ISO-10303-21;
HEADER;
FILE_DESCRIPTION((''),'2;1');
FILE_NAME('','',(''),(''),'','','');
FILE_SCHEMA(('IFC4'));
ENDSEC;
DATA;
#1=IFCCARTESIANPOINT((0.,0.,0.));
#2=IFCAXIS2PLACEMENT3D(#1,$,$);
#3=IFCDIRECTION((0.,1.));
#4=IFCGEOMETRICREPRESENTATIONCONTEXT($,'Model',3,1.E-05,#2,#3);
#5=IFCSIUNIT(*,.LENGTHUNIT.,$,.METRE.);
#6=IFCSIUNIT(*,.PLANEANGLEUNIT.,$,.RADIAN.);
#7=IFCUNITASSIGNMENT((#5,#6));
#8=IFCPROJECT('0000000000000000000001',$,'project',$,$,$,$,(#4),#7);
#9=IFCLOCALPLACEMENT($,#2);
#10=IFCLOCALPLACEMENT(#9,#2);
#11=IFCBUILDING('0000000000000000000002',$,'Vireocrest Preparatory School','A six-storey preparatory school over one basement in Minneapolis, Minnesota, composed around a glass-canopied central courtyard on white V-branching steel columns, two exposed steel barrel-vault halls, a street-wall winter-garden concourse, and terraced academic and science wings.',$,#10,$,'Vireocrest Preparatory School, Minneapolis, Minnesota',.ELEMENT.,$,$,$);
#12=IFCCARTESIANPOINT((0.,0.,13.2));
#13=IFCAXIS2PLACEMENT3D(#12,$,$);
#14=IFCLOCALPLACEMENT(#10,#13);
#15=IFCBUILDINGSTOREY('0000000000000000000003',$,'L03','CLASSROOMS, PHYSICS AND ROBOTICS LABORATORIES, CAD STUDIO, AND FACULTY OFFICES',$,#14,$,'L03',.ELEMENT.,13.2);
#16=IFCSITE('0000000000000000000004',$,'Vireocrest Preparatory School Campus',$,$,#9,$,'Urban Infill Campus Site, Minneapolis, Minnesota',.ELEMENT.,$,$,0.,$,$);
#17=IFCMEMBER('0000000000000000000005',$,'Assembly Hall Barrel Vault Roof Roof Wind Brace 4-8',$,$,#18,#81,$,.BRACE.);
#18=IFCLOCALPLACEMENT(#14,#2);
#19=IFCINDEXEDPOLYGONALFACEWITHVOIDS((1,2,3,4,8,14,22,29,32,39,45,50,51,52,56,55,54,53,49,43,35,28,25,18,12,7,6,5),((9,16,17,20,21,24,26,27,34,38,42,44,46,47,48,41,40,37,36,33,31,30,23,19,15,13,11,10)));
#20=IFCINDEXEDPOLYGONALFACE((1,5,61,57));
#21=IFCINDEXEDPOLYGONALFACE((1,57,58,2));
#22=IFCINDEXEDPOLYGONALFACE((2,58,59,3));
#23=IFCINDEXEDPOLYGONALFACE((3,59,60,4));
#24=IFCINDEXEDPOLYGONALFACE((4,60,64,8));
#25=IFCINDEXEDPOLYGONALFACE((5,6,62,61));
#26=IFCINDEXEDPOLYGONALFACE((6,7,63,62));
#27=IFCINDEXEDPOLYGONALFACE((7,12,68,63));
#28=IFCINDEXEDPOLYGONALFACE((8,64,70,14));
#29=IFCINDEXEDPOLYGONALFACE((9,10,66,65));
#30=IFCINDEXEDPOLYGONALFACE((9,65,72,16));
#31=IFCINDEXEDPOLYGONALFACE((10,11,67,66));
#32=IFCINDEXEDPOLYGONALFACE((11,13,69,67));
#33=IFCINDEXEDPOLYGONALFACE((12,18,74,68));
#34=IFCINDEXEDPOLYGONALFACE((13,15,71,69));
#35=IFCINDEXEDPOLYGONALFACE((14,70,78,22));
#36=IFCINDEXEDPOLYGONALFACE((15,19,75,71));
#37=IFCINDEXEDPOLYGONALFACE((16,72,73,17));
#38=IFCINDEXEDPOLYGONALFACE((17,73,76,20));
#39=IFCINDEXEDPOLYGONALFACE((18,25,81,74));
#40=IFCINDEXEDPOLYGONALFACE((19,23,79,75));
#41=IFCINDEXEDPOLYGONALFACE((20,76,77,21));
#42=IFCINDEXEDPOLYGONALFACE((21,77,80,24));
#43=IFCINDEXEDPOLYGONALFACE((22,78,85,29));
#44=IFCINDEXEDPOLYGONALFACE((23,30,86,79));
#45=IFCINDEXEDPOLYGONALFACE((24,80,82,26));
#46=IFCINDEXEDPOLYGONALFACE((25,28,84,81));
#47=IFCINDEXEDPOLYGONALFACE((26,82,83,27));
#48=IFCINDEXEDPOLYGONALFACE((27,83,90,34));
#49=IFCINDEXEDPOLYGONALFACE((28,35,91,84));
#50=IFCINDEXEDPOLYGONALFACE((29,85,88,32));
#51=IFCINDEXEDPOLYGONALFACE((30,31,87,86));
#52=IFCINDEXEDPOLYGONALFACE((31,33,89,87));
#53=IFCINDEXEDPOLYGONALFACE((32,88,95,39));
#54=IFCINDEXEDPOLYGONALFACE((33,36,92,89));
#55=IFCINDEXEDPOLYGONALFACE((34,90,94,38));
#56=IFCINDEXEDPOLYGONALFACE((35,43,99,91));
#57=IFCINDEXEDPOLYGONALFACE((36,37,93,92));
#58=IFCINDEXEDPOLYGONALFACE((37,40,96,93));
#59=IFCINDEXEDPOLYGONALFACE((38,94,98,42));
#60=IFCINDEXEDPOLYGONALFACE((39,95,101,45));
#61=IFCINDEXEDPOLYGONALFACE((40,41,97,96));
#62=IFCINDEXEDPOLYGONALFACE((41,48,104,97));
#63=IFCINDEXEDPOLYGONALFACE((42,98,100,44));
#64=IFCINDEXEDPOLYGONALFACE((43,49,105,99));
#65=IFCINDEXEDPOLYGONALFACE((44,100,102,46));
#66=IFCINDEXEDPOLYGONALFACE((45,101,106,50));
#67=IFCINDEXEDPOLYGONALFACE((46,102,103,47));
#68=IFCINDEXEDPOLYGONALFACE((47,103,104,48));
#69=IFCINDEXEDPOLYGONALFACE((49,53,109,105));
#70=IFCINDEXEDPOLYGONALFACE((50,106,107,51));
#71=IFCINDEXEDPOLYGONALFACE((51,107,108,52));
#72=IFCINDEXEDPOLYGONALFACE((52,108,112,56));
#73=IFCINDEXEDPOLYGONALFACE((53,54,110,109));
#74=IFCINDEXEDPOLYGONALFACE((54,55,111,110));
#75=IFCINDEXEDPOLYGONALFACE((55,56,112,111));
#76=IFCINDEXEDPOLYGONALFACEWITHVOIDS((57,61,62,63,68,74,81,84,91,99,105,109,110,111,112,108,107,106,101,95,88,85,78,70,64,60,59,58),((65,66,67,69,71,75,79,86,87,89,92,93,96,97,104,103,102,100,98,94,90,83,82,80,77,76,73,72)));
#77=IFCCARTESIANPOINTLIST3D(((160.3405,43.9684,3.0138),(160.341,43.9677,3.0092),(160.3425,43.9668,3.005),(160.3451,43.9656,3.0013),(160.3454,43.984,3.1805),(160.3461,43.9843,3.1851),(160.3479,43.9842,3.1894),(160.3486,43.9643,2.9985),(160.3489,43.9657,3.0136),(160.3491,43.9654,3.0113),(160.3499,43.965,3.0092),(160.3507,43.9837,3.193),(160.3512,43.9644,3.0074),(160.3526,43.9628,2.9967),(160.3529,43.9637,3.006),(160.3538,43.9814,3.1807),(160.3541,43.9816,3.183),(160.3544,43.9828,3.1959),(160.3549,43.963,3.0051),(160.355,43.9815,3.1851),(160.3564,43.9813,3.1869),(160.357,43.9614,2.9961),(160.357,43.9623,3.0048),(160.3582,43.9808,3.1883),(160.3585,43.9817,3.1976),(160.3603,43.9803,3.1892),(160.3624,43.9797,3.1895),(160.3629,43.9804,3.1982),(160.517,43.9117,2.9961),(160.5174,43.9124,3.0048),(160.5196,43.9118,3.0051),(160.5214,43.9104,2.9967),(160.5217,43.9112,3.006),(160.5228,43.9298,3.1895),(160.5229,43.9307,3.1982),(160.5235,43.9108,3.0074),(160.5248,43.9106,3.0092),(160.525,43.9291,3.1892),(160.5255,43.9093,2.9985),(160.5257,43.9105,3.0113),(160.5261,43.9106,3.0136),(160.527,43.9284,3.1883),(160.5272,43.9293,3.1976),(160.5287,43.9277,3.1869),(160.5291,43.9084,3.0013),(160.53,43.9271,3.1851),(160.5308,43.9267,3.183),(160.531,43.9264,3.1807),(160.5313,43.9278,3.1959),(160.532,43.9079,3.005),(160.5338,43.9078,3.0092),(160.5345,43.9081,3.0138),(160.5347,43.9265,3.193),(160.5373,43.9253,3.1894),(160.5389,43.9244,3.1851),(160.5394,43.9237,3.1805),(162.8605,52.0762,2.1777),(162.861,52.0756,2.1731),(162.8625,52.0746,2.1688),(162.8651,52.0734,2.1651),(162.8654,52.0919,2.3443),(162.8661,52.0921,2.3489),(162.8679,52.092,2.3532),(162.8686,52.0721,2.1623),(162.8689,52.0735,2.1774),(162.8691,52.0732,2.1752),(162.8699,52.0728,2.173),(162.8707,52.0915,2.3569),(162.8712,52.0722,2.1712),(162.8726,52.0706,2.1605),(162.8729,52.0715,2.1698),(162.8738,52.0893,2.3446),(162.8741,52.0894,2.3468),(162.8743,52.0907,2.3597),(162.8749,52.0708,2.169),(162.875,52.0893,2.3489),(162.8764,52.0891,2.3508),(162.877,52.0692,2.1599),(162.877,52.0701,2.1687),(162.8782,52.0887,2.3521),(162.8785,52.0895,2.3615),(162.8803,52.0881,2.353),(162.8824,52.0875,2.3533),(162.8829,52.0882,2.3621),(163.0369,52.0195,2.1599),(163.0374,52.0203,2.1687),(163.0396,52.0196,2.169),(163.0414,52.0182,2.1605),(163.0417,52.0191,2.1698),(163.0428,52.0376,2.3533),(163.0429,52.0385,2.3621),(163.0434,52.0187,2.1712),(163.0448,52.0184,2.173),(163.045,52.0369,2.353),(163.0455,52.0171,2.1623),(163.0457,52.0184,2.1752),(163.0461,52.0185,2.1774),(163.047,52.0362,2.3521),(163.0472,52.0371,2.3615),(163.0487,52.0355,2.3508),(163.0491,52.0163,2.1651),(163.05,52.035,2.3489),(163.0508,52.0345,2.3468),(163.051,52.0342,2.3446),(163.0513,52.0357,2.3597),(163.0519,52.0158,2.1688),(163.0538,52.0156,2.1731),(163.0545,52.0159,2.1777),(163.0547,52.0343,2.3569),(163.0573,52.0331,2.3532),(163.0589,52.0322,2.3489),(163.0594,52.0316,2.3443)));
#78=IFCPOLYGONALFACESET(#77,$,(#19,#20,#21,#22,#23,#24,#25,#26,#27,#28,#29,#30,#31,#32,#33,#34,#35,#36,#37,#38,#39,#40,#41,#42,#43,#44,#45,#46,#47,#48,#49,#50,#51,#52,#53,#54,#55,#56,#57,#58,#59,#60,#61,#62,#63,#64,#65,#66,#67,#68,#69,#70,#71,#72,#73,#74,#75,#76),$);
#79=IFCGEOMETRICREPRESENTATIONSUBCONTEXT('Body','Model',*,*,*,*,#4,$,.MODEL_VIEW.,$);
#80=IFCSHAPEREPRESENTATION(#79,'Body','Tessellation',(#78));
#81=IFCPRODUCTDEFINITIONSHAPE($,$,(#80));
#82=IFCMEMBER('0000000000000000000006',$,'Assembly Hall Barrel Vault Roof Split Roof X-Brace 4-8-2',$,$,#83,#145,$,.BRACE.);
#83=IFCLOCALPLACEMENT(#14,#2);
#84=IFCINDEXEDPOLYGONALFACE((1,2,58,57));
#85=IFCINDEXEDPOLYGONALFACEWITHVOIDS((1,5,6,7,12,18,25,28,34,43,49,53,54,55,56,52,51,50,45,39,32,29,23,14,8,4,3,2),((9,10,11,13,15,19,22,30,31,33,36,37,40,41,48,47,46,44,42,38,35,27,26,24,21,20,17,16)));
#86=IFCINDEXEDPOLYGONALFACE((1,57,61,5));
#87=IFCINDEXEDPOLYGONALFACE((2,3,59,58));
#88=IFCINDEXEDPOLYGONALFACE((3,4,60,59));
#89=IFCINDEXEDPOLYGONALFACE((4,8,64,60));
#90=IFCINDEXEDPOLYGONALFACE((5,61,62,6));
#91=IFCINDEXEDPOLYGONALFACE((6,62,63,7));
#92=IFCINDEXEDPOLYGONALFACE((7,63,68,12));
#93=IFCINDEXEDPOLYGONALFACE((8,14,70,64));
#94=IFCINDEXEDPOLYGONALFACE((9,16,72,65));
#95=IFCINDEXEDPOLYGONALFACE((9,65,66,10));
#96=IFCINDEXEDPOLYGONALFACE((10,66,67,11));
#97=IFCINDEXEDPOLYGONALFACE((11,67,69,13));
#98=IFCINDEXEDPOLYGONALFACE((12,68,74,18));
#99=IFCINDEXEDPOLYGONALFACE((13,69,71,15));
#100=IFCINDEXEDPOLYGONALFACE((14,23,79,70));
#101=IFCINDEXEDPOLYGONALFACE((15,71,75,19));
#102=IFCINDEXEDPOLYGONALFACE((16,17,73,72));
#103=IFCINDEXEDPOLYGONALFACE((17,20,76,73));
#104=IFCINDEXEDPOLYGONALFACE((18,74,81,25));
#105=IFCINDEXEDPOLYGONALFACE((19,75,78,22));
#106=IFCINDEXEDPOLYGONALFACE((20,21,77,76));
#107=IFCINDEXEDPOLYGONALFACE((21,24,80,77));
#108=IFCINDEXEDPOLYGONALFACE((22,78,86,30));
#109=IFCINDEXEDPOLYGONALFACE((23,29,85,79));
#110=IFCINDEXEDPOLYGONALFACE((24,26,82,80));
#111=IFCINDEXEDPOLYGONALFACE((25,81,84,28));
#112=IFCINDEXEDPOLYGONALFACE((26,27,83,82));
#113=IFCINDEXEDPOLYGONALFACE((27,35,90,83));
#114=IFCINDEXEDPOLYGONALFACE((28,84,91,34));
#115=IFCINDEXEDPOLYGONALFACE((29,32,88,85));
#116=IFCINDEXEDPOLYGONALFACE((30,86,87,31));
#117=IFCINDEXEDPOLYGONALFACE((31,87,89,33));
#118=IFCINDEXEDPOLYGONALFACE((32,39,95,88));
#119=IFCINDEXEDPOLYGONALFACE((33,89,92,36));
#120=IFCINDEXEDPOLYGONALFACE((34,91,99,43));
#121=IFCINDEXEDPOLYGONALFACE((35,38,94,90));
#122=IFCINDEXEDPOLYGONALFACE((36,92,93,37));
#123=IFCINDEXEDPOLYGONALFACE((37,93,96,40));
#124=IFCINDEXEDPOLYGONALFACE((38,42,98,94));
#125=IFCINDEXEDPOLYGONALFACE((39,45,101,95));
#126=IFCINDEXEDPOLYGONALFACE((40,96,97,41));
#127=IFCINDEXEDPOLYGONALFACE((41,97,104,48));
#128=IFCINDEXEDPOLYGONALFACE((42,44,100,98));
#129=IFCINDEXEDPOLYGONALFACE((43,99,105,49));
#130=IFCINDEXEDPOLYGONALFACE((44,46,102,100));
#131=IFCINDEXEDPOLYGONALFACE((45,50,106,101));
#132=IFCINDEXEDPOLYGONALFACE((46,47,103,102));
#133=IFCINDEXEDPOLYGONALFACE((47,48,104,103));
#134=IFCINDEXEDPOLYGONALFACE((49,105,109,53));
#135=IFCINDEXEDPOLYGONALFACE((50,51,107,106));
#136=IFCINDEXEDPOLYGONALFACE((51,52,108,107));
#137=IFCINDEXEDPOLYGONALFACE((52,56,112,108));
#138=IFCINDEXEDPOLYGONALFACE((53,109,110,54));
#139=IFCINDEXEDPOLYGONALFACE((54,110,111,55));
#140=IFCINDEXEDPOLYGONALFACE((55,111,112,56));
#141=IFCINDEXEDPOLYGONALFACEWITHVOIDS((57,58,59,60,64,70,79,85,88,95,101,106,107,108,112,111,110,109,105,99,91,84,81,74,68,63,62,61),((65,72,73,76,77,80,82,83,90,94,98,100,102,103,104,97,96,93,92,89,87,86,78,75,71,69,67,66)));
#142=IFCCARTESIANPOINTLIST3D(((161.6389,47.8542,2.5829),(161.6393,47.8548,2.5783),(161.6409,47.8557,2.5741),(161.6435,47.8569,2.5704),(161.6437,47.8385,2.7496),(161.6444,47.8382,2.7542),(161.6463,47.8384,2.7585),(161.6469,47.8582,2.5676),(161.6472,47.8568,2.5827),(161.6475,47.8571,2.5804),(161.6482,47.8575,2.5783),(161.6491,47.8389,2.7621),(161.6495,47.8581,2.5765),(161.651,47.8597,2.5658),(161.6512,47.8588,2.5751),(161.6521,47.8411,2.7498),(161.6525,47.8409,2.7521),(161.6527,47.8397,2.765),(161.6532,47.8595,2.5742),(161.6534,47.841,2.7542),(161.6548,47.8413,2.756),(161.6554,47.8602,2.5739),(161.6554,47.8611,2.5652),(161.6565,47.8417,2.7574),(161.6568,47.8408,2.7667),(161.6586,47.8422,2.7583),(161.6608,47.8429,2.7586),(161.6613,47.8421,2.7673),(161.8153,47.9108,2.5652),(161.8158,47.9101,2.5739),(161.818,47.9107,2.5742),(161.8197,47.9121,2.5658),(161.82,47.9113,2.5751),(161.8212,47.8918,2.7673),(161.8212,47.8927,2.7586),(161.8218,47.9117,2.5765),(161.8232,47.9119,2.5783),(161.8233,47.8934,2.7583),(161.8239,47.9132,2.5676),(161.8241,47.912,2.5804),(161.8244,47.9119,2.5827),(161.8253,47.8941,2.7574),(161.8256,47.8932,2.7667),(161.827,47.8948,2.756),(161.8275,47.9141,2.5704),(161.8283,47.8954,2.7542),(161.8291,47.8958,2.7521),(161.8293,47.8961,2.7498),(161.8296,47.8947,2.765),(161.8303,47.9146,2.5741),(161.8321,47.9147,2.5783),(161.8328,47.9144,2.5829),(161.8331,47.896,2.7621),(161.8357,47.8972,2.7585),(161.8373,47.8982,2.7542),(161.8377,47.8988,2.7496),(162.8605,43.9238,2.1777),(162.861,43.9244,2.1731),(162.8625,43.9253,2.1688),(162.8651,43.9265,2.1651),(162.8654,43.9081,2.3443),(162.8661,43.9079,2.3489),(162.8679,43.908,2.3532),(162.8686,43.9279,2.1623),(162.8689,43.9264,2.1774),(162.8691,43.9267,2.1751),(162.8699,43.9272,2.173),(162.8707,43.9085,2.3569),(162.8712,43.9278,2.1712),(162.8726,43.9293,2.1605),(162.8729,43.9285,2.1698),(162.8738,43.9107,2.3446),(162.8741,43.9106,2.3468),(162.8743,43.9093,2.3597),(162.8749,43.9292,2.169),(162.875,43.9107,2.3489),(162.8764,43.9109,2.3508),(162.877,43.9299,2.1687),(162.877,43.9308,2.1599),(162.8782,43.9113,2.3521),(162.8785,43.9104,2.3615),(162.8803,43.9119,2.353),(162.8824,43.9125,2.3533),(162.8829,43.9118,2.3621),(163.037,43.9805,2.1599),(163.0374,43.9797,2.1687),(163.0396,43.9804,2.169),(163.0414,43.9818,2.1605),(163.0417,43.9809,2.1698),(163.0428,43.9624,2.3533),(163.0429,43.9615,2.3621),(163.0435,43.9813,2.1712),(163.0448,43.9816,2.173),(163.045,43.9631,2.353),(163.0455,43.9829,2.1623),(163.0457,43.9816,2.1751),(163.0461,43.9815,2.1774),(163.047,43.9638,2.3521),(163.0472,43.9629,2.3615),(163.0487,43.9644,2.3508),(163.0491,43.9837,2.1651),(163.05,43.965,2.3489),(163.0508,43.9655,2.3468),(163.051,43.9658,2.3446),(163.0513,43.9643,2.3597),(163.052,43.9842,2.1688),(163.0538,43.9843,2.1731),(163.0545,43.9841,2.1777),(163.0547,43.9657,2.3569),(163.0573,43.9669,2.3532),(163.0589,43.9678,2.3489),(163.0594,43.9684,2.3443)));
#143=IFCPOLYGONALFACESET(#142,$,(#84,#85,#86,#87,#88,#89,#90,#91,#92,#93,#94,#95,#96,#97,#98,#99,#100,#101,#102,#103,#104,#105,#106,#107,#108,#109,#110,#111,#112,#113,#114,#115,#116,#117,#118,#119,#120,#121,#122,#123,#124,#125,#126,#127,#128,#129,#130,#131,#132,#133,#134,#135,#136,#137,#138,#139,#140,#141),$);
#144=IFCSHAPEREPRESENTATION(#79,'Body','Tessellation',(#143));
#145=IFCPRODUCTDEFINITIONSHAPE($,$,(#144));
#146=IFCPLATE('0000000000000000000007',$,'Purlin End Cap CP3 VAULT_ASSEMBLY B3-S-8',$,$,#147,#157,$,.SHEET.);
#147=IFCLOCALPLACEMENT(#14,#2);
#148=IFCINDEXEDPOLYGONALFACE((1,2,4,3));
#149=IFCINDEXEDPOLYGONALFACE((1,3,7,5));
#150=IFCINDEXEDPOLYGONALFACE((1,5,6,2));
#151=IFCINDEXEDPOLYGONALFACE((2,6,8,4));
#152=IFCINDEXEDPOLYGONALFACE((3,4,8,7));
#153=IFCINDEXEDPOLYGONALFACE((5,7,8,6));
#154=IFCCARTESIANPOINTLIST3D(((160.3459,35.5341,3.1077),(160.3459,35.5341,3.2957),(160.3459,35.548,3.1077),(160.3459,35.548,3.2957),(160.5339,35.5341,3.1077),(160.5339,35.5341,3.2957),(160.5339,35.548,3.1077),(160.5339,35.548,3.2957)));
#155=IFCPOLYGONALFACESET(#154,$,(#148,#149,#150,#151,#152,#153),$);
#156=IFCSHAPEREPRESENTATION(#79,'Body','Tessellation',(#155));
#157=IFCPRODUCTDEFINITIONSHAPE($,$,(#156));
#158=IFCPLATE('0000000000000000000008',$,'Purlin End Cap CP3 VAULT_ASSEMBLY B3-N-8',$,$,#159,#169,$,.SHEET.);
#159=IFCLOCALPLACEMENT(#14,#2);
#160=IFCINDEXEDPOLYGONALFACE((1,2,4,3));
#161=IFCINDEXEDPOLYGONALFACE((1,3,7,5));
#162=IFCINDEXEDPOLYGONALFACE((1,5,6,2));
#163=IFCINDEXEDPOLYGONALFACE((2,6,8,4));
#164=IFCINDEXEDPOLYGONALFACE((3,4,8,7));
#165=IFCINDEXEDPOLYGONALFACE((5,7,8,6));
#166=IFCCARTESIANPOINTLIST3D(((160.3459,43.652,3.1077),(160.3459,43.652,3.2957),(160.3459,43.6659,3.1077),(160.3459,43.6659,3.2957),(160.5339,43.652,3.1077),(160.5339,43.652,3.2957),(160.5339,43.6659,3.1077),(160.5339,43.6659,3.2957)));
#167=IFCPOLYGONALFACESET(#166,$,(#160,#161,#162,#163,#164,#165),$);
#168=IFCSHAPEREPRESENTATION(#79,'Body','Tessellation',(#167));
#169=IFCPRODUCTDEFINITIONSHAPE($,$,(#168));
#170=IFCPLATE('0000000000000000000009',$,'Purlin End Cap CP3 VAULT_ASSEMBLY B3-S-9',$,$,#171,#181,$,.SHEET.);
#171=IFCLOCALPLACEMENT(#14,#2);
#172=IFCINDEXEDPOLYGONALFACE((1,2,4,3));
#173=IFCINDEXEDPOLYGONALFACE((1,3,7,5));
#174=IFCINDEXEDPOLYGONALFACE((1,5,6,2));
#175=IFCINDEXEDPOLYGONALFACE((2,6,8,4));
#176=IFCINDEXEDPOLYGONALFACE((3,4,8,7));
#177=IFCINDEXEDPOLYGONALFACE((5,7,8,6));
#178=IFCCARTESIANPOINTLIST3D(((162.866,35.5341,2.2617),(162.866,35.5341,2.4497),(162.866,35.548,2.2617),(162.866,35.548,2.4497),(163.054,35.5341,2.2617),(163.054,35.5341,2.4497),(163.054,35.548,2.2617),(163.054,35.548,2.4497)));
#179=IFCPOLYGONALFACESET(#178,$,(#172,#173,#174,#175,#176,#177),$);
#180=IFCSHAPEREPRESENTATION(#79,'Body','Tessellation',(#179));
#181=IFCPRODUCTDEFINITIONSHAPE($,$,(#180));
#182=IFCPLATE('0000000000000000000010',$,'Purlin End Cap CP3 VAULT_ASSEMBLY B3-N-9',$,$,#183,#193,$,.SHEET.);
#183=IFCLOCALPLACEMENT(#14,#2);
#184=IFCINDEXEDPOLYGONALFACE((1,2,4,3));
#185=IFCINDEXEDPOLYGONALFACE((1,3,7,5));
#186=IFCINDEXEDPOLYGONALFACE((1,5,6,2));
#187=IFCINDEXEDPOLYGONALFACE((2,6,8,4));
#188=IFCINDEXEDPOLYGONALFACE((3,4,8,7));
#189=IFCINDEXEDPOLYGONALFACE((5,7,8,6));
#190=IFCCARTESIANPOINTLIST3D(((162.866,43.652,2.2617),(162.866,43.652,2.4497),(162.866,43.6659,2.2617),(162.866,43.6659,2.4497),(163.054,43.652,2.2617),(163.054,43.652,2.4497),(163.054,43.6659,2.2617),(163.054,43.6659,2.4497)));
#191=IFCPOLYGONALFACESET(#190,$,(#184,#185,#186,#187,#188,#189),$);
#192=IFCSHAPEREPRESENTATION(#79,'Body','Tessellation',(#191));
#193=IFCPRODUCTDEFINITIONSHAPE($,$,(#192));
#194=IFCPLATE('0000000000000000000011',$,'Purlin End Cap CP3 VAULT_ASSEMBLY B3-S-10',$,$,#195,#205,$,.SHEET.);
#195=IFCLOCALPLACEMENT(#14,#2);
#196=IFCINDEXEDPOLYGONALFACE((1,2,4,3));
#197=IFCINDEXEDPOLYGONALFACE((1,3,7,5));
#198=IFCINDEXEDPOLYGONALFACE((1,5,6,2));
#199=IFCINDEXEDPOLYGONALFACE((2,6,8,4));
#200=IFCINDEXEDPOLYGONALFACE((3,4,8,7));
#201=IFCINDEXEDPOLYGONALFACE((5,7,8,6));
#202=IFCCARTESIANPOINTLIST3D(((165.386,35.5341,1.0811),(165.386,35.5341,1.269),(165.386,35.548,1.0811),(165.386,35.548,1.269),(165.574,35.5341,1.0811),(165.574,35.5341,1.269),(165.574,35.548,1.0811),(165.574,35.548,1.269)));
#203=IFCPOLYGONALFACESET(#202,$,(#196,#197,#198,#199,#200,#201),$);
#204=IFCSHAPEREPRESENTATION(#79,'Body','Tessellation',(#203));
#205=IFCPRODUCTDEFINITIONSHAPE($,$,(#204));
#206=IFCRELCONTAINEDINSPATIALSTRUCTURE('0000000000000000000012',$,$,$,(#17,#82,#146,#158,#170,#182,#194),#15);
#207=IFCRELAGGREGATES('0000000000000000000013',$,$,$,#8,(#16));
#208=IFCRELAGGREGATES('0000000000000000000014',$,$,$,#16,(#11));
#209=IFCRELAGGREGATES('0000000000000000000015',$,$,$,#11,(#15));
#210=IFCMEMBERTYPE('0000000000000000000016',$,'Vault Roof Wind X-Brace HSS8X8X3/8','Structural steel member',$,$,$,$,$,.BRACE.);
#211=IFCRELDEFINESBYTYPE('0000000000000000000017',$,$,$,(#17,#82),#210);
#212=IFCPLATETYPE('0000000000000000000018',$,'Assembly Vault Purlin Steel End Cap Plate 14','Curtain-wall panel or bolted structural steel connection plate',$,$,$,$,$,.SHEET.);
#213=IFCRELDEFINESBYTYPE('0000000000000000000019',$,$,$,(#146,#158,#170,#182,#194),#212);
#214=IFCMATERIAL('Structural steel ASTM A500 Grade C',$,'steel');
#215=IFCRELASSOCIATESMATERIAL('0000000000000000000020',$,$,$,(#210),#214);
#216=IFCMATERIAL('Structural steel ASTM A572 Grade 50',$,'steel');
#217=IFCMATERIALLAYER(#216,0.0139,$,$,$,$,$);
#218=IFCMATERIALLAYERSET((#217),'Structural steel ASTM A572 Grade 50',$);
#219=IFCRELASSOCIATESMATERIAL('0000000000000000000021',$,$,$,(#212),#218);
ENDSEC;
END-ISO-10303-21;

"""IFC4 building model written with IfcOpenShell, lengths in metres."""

from ifc_helpers import new_model, si_unit, direction, frame, origin, origin_2d, place, context, subcontext, project, spatial, rectangle, hollow_rectangle, extrude, material, layer, layer_set, material_profile, profile_set, type_object, element, save


model = new_model("IFC4")

# Units and contexts
model_context = context("Model", 3, precision=1e-05, world=origin(), true_north=direction((0.0, 1.0)))
body_context = subcontext(model_context, "Body", "Model", "MODEL_VIEW")
ifc_project = project(units=[si_unit("LENGTHUNIT", "METRE"), si_unit("PLANEANGLEUNIT", "RADIAN")], contexts=[model_context])

# Site, building, storey
site_placement = place(None, origin())
site = spatial("IfcSite", under=ifc_project, at=site_placement, Name="Vireocrest Preparatory School Campus", LongName="Urban Infill Campus Site, Minneapolis, Minnesota", CompositionType="ELEMENT", RefElevation=0.0)
building_placement = place(site_placement, origin())
building = spatial("IfcBuilding", under=site, at=building_placement, Name="Vireocrest Preparatory School", Description="A six-storey preparatory school over one basement in Minneapolis, Minnesota, composed around a glass-canopied central courtyard on white V-branching steel columns, two exposed steel barrel-vault halls, a street-wall winter-garden concourse, and terraced academic and science wings.", LongName="Vireocrest Preparatory School, Minneapolis, Minnesota", CompositionType="ELEMENT")
storey_placement = place(building_placement, frame((0.0, 0.0, 13.2)))
storey = spatial("IfcBuildingStorey", under=building, at=storey_placement, Name="L03", Description="CLASSROOMS, PHYSICS AND ROBOTICS LABORATORIES, CAD STUDIO, AND FACULTY OFFICES", LongName="L03", CompositionType="ELEMENT", Elevation=13.2)

# Members
ifc_material_1 = material(Name="Structural steel ASTM A500 Grade C", Category="steel")
ifc_material_profile_1 = material_profile(ifc_material_1, hollow_rectangle(XDim=0.2031, YDim=0.2031, WallThickness=0.0088, InnerFilletRadius=0.0088, OuterFilletRadius=0.0178, at=origin_2d()), Name="HSS8X8X3/8")
ifc_profile_set_1 = profile_set([ifc_material_profile_1], Name="Structural steel ASTM A500 Grade C")
member_type_1 = type_object("IfcMemberType", Name="Vault Roof Wind X-Brace HSS8X8X3/8", Description="Structural steel member", PredefinedType="BRACE", material=ifc_profile_set_1)
member_1_placement = place(storey_placement, frame((160.4399, 43.946, 3.0972), z_axis=(0.295375, 0.950341, -0.09801), x_axis=(-0.954938, 0.296804, 0.0)))
element("IfcMember", 1, at=member_1_placement, inside=storey, type_object=member_type_1, Name="Assembly Hall Barrel Vault Roof Roof Wind Brace 4-8", PredefinedType="BRACE", context=body_context, shape_type="SweptSolid", body=[
    extrude(hollow_rectangle(XDim=0.2031, YDim=0.2031, WallThickness=0.0088, InnerFilletRadius=0.0088, OuterFilletRadius=0.0178, at=origin_2d()), origin(), (0.0, 0.0, 1.0), 8.5315),
])
member_2_placement = place(storey_placement, frame((161.7383, 47.8765, 2.6663), z_axis=(0.29539, -0.950338, -0.097991), x_axis=(0.954934, 0.296819, 0.0)))
element("IfcMember", 2, at=member_2_placement, inside=storey, type_object=member_type_1, Name="Assembly Hall Barrel Vault Roof Split Roof X-Brace 4-8-2", PredefinedType="BRACE", context=body_context, shape_type="SweptSolid", body=[
    extrude(hollow_rectangle(XDim=0.2031, YDim=0.2031, WallThickness=0.0088, InnerFilletRadius=0.0088, OuterFilletRadius=0.0178, at=origin_2d()), origin(), (0.0, 0.0, 1.0), 4.1357),
])

# Plates
ifc_material_2 = material(Name="Structural steel ASTM A572 Grade 50", Category="steel")
ifc_layer_1 = layer(ifc_material_2, 0.0139)
ifc_layer_set_1 = layer_set([ifc_layer_1], Name="Structural steel ASTM A572 Grade 50")
plate_type_1 = type_object("IfcPlateType", Name="Assembly Vault Purlin Steel End Cap Plate 14", Description="Curtain-wall panel or bolted structural steel connection plate", PredefinedType="SHEET", material=ifc_layer_set_1)
for number, where, z_axis, x_axis, name in (
    (3, (160.4399, 35.541, 3.1077), (0.0, 0.0, 1.0), (1.0, 0.0, 0.0), "Purlin End Cap CP3 VAULT_ASSEMBLY B3-S-8"),
    (4, (160.4399, 43.6589, 3.1077), (0.0, 0.0, 1.0), (1.0, 0.0, 0.0), "Purlin End Cap CP3 VAULT_ASSEMBLY B3-N-8"),
    (5, (162.96, 35.541, 2.2617), (0.0, 0.0, 1.0), (1.0, 0.0, 0.0), "Purlin End Cap CP3 VAULT_ASSEMBLY B3-S-9"),
    (6, (162.96, 43.6589, 2.2617), (0.0, 0.0, 1.0), (1.0, 0.0, 0.0), "Purlin End Cap CP3 VAULT_ASSEMBLY B3-N-9"),
    (7, (165.48, 35.541, 1.0811), (0.0, 0.0, 1.0), (1.0, 0.0, 0.0), "Purlin End Cap CP3 VAULT_ASSEMBLY B3-S-10"),
):
    element("IfcPlate", number, at=place(storey_placement, frame(where, z_axis=z_axis, x_axis=x_axis)), inside=storey, type_object=plate_type_1, Name=name, PredefinedType="SHEET", context=body_context, shape_type="SweptSolid", body=[
        extrude(rectangle(XDim=0.188, YDim=0.0139, at=origin_2d()), origin(), (0.0, 0.0, 1.0), 0.188),
    ])

save(model, "model.ifc")
